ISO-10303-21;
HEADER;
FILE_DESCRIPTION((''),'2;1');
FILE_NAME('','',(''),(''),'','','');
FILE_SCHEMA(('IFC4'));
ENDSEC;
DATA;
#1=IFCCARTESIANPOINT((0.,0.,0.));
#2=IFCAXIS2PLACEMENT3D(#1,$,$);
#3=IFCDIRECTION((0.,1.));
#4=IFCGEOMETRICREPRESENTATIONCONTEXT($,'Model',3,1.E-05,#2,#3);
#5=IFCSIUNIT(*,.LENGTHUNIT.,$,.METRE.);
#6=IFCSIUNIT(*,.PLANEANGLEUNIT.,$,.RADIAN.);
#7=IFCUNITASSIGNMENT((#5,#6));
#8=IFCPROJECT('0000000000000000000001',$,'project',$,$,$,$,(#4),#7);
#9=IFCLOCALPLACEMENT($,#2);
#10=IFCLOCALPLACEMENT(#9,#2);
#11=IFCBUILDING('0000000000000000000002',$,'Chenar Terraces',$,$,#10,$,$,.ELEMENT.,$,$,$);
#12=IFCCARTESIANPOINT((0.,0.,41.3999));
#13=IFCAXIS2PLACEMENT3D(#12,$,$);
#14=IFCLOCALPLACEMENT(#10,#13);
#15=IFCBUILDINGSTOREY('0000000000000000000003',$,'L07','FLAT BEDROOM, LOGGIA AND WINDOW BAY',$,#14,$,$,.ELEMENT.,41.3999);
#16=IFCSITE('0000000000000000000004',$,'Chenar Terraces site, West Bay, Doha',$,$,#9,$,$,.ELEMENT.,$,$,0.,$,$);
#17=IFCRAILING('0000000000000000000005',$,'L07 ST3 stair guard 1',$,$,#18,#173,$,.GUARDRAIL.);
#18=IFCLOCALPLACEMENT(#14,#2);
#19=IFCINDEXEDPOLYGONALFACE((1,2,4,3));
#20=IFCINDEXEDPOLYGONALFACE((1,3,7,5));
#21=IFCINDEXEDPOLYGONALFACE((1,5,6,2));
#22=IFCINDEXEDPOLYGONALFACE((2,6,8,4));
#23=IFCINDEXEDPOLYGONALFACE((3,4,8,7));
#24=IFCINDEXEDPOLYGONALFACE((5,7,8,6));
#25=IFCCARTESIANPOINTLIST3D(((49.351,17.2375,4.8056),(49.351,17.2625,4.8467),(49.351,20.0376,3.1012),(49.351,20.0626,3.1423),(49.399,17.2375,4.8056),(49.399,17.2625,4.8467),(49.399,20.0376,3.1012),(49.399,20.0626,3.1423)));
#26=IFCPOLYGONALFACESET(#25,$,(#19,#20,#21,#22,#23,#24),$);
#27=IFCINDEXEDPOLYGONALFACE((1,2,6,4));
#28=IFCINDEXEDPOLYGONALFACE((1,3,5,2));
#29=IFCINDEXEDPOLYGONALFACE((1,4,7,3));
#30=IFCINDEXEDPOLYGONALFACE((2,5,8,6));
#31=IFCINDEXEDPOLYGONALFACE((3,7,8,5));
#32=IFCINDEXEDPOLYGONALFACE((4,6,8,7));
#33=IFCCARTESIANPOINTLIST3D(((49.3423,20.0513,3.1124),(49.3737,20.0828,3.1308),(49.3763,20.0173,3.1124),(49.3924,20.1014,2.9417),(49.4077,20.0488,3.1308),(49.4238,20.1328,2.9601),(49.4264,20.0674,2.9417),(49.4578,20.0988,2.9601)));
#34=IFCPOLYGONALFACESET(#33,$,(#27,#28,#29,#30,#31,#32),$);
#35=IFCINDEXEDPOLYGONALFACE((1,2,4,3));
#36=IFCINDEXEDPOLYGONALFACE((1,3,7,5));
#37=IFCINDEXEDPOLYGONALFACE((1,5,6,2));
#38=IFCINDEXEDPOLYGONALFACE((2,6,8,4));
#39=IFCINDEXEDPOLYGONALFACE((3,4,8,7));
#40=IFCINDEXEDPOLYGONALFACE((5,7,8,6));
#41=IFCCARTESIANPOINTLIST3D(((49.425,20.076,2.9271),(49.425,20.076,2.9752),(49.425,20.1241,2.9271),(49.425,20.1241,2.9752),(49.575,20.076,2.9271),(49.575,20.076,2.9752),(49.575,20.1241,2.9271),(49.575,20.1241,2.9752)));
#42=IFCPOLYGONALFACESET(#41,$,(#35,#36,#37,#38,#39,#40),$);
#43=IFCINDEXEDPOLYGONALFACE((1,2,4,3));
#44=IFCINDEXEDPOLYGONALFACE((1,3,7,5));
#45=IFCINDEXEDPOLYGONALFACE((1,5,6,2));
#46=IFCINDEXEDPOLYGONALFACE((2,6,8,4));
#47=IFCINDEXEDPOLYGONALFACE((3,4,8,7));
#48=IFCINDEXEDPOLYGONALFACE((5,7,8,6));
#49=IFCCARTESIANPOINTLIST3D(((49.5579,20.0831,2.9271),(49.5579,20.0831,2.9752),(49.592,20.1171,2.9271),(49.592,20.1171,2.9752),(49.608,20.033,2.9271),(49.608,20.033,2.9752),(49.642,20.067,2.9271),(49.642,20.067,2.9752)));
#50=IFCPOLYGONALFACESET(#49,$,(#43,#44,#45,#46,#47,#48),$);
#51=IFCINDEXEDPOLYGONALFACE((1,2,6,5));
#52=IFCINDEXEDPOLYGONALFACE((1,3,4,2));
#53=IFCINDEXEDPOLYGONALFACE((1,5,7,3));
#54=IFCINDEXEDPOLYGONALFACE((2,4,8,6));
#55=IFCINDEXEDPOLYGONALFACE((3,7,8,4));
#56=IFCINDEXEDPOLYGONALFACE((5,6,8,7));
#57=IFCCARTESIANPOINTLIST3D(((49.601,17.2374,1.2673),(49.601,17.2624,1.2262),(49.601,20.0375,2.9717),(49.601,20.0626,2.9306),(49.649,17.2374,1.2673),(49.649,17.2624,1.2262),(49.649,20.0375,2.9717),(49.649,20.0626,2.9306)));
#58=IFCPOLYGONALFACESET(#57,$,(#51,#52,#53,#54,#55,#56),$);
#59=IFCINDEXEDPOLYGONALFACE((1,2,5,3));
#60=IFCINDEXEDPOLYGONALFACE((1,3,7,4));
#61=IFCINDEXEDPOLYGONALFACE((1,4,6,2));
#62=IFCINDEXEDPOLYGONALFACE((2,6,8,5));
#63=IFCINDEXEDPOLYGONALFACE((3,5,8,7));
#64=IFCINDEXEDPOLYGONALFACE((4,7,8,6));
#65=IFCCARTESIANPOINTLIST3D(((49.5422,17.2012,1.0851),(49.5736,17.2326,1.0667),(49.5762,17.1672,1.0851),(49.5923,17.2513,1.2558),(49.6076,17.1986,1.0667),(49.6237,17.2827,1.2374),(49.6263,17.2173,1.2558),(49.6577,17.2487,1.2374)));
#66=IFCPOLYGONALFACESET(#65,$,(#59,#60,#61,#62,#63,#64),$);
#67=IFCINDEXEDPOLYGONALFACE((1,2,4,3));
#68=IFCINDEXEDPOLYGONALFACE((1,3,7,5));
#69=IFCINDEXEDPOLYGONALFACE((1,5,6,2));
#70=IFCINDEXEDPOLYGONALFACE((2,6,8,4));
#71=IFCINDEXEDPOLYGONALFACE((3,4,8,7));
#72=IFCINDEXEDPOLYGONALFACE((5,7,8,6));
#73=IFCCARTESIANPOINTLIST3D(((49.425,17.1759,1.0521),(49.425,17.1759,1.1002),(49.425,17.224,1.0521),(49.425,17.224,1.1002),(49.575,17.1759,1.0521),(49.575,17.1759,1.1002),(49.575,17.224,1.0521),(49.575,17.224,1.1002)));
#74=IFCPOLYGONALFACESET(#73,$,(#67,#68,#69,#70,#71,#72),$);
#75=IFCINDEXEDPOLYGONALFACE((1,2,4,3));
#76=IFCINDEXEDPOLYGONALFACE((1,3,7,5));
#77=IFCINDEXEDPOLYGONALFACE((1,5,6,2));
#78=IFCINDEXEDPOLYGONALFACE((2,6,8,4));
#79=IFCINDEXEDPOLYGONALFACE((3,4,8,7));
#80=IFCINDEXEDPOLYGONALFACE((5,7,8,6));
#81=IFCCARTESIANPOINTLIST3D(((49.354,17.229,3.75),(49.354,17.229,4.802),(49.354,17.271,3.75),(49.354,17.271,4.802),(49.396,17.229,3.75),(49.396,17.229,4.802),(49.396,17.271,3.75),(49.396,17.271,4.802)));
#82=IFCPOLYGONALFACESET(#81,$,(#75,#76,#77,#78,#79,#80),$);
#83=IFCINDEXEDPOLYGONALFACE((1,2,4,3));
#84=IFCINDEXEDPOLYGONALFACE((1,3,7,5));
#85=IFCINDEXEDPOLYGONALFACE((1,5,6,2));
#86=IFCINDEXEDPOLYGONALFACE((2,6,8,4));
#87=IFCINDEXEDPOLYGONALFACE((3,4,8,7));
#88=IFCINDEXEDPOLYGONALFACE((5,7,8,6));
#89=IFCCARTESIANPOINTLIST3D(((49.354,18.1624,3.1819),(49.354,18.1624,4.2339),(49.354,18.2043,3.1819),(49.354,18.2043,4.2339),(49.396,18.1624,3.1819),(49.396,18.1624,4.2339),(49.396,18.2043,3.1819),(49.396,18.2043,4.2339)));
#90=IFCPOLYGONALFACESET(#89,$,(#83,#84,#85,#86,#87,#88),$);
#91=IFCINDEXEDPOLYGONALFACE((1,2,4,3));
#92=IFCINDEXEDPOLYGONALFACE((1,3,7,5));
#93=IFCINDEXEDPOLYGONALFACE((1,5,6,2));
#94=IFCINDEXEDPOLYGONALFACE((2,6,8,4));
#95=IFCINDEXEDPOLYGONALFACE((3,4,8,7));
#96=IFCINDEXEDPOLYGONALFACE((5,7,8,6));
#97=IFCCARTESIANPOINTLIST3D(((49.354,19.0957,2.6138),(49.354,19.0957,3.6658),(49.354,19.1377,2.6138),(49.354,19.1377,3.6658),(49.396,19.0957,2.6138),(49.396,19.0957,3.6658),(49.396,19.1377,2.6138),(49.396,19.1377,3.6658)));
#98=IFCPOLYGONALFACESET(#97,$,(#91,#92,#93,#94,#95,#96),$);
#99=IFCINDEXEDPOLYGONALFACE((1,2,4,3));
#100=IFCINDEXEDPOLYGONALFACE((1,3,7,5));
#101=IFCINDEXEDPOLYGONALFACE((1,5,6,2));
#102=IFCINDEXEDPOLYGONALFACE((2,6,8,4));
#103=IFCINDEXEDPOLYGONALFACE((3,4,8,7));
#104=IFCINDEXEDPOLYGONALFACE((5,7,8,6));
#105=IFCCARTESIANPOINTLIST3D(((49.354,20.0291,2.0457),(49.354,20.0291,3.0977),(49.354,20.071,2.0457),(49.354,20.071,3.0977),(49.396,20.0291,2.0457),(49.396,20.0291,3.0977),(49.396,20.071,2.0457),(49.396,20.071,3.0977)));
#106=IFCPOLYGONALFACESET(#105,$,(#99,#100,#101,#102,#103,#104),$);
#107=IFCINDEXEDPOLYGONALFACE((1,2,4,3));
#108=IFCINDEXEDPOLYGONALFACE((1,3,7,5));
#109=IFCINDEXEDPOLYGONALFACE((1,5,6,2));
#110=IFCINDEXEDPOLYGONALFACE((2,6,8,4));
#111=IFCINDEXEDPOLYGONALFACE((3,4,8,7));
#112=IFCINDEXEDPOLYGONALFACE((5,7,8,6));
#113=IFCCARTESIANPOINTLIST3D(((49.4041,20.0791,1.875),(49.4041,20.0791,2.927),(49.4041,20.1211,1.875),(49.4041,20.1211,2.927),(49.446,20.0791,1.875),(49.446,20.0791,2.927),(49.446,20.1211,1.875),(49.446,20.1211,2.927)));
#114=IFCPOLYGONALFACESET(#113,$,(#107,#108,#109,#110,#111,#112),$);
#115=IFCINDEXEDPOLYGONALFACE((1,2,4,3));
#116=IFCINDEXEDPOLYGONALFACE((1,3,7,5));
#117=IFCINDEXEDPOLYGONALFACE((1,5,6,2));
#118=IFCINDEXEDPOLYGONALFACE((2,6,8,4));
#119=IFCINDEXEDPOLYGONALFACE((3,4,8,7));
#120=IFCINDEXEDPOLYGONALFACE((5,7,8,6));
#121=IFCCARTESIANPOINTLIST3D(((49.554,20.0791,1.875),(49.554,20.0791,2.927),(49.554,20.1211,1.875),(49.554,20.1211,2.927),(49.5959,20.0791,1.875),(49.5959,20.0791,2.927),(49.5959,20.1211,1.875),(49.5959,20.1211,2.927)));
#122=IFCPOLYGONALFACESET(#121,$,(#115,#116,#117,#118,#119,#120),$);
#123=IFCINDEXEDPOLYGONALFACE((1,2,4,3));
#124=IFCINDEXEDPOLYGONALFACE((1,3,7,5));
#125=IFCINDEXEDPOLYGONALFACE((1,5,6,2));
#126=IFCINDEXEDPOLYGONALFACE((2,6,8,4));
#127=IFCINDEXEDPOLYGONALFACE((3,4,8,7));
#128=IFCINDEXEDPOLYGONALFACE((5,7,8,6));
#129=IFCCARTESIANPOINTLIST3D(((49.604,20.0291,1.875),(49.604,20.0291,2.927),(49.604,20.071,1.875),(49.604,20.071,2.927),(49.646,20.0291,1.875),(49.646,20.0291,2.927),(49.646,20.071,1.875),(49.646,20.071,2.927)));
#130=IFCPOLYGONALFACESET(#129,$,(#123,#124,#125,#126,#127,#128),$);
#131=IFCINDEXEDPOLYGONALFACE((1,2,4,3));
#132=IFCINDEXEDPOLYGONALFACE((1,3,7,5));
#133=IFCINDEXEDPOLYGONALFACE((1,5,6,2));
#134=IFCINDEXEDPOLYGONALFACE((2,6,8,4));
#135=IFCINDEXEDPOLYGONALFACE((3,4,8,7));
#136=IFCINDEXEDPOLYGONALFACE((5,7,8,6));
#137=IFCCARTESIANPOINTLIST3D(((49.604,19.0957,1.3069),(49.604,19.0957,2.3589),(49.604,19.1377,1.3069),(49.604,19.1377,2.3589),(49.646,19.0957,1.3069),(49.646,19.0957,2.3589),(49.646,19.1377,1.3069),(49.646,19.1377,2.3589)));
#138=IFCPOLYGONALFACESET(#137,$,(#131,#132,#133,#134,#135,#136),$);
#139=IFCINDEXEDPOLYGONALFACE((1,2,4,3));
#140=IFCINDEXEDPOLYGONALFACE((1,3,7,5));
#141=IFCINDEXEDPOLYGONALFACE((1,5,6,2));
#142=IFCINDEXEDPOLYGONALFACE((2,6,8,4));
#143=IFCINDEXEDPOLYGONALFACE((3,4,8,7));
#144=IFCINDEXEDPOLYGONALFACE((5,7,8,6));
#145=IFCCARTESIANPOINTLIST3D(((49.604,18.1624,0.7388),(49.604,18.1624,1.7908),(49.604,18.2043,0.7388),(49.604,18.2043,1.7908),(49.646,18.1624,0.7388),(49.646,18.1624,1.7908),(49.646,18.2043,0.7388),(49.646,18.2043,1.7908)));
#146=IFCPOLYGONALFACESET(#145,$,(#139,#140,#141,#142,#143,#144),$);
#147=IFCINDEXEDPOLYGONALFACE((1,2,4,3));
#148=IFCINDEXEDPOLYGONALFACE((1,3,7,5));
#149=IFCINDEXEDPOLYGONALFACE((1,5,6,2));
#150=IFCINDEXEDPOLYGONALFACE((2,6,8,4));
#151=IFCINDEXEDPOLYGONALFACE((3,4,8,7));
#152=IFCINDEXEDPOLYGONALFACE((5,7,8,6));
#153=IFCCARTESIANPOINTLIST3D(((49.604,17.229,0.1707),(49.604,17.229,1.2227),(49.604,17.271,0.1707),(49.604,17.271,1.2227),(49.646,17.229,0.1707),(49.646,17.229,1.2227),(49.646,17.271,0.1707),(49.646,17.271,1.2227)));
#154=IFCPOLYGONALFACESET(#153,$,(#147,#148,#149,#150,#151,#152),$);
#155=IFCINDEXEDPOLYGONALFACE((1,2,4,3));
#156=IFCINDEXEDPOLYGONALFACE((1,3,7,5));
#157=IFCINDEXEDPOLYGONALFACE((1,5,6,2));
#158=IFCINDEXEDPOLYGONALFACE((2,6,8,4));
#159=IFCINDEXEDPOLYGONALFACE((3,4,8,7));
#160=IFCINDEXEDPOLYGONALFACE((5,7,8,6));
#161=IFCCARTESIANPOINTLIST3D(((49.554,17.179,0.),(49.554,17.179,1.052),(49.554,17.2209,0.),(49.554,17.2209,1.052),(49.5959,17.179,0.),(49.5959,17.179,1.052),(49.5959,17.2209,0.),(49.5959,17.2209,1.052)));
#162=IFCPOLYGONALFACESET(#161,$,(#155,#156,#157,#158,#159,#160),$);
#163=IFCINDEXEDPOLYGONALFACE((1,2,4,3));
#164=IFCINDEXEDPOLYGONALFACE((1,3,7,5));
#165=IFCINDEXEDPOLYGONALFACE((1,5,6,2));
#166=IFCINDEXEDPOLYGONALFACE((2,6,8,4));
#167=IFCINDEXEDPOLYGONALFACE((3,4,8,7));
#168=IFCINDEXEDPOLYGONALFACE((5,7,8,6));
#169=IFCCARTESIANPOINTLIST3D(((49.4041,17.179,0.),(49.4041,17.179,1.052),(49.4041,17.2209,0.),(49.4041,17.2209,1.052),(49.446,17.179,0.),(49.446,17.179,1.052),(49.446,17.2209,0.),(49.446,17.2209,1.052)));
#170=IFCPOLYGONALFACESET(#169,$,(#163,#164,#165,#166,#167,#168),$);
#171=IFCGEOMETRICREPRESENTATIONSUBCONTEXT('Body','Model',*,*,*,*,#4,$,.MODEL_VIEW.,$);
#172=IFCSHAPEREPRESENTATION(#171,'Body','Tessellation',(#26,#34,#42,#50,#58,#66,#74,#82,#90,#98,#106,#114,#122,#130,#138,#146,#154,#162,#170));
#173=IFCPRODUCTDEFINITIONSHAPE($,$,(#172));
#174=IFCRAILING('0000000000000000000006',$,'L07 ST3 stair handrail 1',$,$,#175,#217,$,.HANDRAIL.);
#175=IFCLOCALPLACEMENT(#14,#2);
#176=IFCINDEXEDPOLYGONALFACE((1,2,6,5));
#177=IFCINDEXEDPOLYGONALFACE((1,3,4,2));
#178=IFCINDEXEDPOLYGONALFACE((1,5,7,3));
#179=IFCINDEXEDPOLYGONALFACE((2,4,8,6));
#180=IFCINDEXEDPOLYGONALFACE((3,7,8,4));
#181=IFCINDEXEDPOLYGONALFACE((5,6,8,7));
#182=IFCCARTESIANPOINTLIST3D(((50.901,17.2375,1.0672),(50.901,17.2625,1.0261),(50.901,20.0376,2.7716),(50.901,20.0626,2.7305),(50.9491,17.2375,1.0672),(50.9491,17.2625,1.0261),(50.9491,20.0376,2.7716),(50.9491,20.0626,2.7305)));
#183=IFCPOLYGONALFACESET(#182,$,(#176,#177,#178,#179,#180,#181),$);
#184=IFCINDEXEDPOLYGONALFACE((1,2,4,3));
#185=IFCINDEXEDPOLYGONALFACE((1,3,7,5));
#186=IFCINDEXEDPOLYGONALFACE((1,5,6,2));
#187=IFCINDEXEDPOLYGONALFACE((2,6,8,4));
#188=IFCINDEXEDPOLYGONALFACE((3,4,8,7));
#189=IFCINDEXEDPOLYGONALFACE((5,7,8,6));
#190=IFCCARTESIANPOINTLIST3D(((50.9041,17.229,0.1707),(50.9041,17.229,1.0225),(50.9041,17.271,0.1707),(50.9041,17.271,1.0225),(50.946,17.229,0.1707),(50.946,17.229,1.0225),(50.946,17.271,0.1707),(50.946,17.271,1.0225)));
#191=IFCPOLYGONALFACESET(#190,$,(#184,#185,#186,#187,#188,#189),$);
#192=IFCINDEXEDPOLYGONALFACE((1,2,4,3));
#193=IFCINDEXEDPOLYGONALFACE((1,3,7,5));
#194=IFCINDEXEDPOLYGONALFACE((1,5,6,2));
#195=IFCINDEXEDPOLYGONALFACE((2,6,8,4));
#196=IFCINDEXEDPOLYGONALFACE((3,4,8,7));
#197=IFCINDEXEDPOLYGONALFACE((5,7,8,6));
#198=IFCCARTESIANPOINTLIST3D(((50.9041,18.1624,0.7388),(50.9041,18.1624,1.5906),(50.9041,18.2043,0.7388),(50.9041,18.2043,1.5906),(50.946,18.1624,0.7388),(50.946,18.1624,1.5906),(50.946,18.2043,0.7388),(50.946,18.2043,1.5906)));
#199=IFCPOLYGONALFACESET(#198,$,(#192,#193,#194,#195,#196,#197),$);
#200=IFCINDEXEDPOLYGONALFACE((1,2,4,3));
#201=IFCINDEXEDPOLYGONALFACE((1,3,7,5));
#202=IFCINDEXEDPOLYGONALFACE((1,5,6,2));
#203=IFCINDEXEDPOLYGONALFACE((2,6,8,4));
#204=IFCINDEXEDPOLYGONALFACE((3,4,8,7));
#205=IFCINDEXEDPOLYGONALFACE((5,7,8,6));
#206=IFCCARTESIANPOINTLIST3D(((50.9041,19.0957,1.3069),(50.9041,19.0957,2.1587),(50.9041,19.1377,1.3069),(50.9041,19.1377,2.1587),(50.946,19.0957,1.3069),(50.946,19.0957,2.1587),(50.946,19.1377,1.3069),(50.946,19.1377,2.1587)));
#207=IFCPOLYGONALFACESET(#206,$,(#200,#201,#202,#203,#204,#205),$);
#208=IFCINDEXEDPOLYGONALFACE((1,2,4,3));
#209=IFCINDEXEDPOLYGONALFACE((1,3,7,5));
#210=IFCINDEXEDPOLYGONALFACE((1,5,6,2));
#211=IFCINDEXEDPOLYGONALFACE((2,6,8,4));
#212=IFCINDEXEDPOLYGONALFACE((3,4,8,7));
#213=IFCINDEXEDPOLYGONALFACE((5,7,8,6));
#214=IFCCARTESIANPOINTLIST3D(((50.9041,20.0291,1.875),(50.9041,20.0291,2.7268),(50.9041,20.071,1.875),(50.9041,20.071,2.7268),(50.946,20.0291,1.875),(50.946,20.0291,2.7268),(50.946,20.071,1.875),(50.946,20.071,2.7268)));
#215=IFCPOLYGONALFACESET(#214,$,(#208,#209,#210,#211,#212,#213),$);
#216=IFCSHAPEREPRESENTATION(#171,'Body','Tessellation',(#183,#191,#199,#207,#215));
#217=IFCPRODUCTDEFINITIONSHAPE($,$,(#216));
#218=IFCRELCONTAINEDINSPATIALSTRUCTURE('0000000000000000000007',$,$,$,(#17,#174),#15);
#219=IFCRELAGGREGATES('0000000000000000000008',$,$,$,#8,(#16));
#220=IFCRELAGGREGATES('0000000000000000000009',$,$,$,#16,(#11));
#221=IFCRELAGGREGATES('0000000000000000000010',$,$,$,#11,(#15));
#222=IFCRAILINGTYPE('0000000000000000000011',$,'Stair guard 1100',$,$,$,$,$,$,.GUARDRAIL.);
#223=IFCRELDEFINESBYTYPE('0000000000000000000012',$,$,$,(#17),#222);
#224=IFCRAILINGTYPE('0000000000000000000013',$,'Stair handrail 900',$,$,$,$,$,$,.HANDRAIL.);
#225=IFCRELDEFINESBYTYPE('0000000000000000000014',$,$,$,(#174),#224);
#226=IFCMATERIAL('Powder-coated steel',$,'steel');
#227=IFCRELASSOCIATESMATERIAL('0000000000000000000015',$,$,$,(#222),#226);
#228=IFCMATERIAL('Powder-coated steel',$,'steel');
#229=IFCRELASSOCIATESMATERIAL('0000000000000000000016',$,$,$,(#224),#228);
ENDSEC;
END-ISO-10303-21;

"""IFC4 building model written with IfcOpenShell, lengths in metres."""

from ifc_helpers import new_model, si_unit, direction, frame, origin, origin_2d, place, context, subcontext, project, spatial, rectangle, extrude, material, type_object, element, save


model = new_model("IFC4")

# Units and contexts
model_context = context("Model", 3, precision=1e-05, world=origin(), true_north=direction((0.0, 1.0)))
body_context = subcontext(model_context, "Body", "Model", "MODEL_VIEW")
ifc_project = project(units=[si_unit("LENGTHUNIT", "METRE"), si_unit("PLANEANGLEUNIT", "RADIAN")], contexts=[model_context])

# Site, building, storey
site_placement = place(None, origin())
site = spatial("IfcSite", under=ifc_project, at=site_placement, Name="Chenar Terraces site, West Bay, Doha", CompositionType="ELEMENT", RefElevation=0.0)
building_placement = place(site_placement, origin())
building = spatial("IfcBuilding", under=site, at=building_placement, Name="Chenar Terraces", CompositionType="ELEMENT")
storey_placement = place(building_placement, frame((0.0, 0.0, 41.3999)))
storey = spatial("IfcBuildingStorey", under=building, at=storey_placement, Name="L07", Description="FLAT BEDROOM, LOGGIA AND WINDOW BAY", CompositionType="ELEMENT", Elevation=41.3999)

# Railings
ifc_material_1 = material(Name="Powder-coated steel", Category="steel")
railing_type_1 = type_object("IfcRailingType", Name="Stair guard 1100", PredefinedType="GUARDRAIL", material=ifc_material_1)
railing_1_placement = place(storey_placement, frame((49.375, 17.25, 3.75)))
element("IfcRailing", 1, at=railing_1_placement, inside=storey, type_object=railing_type_1, Name="L07 ST3 stair guard 1", PredefinedType="GUARDRAIL", context=body_context, shape_type="SweptSolid", body=[
    extrude(rectangle(XDim=0.0481, YDim=0.0481, at=origin_2d()), frame((0.0, 0.0, 1.0762), z_axis=(0.0, 0.854203, -0.51994), x_axis=(-1.0, 0.0, 0.0)), (0.0, 0.0, 1.0), 3.2781),
    extrude(rectangle(XDim=0.0481, YDim=0.0481, at=origin_2d()), frame((0.0, 2.8, -0.6284), z_axis=(0.2709, 0.2709, -0.923703), x_axis=(-0.707107, 0.707107, 0.0)), (0.0, 0.0, 1.0), 0.1848),
    extrude(rectangle(XDim=0.0481, YDim=0.0481, at=origin_2d()), frame((0.05, 2.8501, -0.7988), z_axis=(1.0, 0.0, 0.0), x_axis=(0.0, 1.0, 0.0)), (0.0, 0.0, 1.0), 0.1499),
    extrude(rectangle(XDim=0.0481, YDim=0.0481, at=origin_2d()), frame((0.2, 2.8501, -0.7988), z_axis=(0.707107, -0.707107, 0.0), x_axis=(0.707107, 0.707107, 0.0)), (0.0, 0.0, 1.0), 0.0708),
    extrude(rectangle(XDim=0.0481, YDim=0.0481, at=origin_2d()), frame((0.25, 2.8, -0.7988), z_axis=(0.0, -0.854203, -0.51994), x_axis=(1.0, 0.0, 0.0)), (0.0, 0.0, 1.0), 3.2781),
    extrude(rectangle(XDim=0.0481, YDim=0.0481, at=origin_2d()), frame((0.25, 0.0, -2.5034), z_axis=(-0.2709, -0.2709, -0.923703), x_axis=(0.707107, -0.707107, 0.0)), (0.0, 0.0, 1.0), 0.1848),
    extrude(rectangle(XDim=0.0481, YDim=0.0481, at=origin_2d()), frame((0.2, -0.05, -2.6738), z_axis=(-1.0, 0.0, 0.0), x_axis=(0.0, -1.0, 0.0)), (0.0, 0.0, 1.0), 0.1499),
    extrude(rectangle(XDim=0.042, YDim=0.042, at=origin_2d()), origin(), (0.0, 0.0, 1.0), 1.052),
    extrude(rectangle(XDim=0.042, YDim=0.042, at=origin_2d()), frame((0.0, 0.9333, -0.5681)), (0.0, 0.0, 1.0), 1.052),
    extrude(rectangle(XDim=0.042, YDim=0.042, at=origin_2d()), frame((0.0, 1.8667, -1.1362)), (0.0, 0.0, 1.0), 1.052),
    extrude(rectangle(XDim=0.042, YDim=0.042, at=origin_2d()), frame((0.0, 2.8, -1.7043)), (0.0, 0.0, 1.0), 1.052),
    extrude(rectangle(XDim=0.042, YDim=0.042, at=origin_2d()), frame((0.05, 2.8501, -1.875)), (0.0, 0.0, 1.0), 1.052),
    extrude(rectangle(XDim=0.042, YDim=0.042, at=origin_2d()), frame((0.2, 2.8501, -1.875)), (0.0, 0.0, 1.0), 1.052),
    extrude(rectangle(XDim=0.042, YDim=0.042, at=origin_2d()), frame((0.25, 2.8, -1.875)), (0.0, 0.0, 1.0), 1.052),
    extrude(rectangle(XDim=0.042, YDim=0.042, at=origin_2d()), frame((0.25, 1.8667, -2.4431)), (0.0, 0.0, 1.0), 1.052),
    extrude(rectangle(XDim=0.042, YDim=0.042, at=origin_2d()), frame((0.25, 0.9333, -3.0112)), (0.0, 0.0, 1.0), 1.052),
    extrude(rectangle(XDim=0.042, YDim=0.042, at=origin_2d()), frame((0.25, 0.0, -3.5793)), (0.0, 0.0, 1.0), 1.052),
    extrude(rectangle(XDim=0.042, YDim=0.042, at=origin_2d()), frame((0.2, -0.05, -3.75)), (0.0, 0.0, 1.0), 1.052),
    extrude(rectangle(XDim=0.042, YDim=0.042, at=origin_2d()), frame((0.05, -0.05, -3.75)), (0.0, 0.0, 1.0), 1.052),
])
ifc_material_2 = material(Name="Powder-coated steel", Category="steel")
railing_type_2 = type_object("IfcRailingType", Name="Stair handrail 900", PredefinedType="HANDRAIL", material=ifc_material_2)
railing_2_placement = place(storey_placement, frame((50.925, 17.25, 0.1707)))
element("IfcRailing", 2, at=railing_2_placement, inside=storey, type_object=railing_type_2, Name="L07 ST3 stair handrail 1", PredefinedType="HANDRAIL", context=body_context, shape_type="SweptSolid", body=[
    extrude(rectangle(XDim=0.0481, YDim=0.0481, at=origin_2d()), frame((0.0, 0.0, 0.876), z_axis=(0.0, 0.854203, 0.51994), x_axis=(-1.0, 0.0, 0.0)), (0.0, 0.0, 1.0), 3.2781),
    extrude(rectangle(XDim=0.042, YDim=0.042, at=origin_2d()), origin(), (0.0, 0.0, 1.0), 0.8518),
    extrude(rectangle(XDim=0.042, YDim=0.042, at=origin_2d()), frame((0.0, 0.9333, 0.5681)), (0.0, 0.0, 1.0), 0.8518),
    extrude(rectangle(XDim=0.042, YDim=0.042, at=origin_2d()), frame((0.0, 1.8667, 1.1362)), (0.0, 0.0, 1.0), 0.8518),
    extrude(rectangle(XDim=0.042, YDim=0.042, at=origin_2d()), frame((0.0, 2.8, 1.7043)), (0.0, 0.0, 1.0), 0.8518),
])

save(model, "model.ifc")
